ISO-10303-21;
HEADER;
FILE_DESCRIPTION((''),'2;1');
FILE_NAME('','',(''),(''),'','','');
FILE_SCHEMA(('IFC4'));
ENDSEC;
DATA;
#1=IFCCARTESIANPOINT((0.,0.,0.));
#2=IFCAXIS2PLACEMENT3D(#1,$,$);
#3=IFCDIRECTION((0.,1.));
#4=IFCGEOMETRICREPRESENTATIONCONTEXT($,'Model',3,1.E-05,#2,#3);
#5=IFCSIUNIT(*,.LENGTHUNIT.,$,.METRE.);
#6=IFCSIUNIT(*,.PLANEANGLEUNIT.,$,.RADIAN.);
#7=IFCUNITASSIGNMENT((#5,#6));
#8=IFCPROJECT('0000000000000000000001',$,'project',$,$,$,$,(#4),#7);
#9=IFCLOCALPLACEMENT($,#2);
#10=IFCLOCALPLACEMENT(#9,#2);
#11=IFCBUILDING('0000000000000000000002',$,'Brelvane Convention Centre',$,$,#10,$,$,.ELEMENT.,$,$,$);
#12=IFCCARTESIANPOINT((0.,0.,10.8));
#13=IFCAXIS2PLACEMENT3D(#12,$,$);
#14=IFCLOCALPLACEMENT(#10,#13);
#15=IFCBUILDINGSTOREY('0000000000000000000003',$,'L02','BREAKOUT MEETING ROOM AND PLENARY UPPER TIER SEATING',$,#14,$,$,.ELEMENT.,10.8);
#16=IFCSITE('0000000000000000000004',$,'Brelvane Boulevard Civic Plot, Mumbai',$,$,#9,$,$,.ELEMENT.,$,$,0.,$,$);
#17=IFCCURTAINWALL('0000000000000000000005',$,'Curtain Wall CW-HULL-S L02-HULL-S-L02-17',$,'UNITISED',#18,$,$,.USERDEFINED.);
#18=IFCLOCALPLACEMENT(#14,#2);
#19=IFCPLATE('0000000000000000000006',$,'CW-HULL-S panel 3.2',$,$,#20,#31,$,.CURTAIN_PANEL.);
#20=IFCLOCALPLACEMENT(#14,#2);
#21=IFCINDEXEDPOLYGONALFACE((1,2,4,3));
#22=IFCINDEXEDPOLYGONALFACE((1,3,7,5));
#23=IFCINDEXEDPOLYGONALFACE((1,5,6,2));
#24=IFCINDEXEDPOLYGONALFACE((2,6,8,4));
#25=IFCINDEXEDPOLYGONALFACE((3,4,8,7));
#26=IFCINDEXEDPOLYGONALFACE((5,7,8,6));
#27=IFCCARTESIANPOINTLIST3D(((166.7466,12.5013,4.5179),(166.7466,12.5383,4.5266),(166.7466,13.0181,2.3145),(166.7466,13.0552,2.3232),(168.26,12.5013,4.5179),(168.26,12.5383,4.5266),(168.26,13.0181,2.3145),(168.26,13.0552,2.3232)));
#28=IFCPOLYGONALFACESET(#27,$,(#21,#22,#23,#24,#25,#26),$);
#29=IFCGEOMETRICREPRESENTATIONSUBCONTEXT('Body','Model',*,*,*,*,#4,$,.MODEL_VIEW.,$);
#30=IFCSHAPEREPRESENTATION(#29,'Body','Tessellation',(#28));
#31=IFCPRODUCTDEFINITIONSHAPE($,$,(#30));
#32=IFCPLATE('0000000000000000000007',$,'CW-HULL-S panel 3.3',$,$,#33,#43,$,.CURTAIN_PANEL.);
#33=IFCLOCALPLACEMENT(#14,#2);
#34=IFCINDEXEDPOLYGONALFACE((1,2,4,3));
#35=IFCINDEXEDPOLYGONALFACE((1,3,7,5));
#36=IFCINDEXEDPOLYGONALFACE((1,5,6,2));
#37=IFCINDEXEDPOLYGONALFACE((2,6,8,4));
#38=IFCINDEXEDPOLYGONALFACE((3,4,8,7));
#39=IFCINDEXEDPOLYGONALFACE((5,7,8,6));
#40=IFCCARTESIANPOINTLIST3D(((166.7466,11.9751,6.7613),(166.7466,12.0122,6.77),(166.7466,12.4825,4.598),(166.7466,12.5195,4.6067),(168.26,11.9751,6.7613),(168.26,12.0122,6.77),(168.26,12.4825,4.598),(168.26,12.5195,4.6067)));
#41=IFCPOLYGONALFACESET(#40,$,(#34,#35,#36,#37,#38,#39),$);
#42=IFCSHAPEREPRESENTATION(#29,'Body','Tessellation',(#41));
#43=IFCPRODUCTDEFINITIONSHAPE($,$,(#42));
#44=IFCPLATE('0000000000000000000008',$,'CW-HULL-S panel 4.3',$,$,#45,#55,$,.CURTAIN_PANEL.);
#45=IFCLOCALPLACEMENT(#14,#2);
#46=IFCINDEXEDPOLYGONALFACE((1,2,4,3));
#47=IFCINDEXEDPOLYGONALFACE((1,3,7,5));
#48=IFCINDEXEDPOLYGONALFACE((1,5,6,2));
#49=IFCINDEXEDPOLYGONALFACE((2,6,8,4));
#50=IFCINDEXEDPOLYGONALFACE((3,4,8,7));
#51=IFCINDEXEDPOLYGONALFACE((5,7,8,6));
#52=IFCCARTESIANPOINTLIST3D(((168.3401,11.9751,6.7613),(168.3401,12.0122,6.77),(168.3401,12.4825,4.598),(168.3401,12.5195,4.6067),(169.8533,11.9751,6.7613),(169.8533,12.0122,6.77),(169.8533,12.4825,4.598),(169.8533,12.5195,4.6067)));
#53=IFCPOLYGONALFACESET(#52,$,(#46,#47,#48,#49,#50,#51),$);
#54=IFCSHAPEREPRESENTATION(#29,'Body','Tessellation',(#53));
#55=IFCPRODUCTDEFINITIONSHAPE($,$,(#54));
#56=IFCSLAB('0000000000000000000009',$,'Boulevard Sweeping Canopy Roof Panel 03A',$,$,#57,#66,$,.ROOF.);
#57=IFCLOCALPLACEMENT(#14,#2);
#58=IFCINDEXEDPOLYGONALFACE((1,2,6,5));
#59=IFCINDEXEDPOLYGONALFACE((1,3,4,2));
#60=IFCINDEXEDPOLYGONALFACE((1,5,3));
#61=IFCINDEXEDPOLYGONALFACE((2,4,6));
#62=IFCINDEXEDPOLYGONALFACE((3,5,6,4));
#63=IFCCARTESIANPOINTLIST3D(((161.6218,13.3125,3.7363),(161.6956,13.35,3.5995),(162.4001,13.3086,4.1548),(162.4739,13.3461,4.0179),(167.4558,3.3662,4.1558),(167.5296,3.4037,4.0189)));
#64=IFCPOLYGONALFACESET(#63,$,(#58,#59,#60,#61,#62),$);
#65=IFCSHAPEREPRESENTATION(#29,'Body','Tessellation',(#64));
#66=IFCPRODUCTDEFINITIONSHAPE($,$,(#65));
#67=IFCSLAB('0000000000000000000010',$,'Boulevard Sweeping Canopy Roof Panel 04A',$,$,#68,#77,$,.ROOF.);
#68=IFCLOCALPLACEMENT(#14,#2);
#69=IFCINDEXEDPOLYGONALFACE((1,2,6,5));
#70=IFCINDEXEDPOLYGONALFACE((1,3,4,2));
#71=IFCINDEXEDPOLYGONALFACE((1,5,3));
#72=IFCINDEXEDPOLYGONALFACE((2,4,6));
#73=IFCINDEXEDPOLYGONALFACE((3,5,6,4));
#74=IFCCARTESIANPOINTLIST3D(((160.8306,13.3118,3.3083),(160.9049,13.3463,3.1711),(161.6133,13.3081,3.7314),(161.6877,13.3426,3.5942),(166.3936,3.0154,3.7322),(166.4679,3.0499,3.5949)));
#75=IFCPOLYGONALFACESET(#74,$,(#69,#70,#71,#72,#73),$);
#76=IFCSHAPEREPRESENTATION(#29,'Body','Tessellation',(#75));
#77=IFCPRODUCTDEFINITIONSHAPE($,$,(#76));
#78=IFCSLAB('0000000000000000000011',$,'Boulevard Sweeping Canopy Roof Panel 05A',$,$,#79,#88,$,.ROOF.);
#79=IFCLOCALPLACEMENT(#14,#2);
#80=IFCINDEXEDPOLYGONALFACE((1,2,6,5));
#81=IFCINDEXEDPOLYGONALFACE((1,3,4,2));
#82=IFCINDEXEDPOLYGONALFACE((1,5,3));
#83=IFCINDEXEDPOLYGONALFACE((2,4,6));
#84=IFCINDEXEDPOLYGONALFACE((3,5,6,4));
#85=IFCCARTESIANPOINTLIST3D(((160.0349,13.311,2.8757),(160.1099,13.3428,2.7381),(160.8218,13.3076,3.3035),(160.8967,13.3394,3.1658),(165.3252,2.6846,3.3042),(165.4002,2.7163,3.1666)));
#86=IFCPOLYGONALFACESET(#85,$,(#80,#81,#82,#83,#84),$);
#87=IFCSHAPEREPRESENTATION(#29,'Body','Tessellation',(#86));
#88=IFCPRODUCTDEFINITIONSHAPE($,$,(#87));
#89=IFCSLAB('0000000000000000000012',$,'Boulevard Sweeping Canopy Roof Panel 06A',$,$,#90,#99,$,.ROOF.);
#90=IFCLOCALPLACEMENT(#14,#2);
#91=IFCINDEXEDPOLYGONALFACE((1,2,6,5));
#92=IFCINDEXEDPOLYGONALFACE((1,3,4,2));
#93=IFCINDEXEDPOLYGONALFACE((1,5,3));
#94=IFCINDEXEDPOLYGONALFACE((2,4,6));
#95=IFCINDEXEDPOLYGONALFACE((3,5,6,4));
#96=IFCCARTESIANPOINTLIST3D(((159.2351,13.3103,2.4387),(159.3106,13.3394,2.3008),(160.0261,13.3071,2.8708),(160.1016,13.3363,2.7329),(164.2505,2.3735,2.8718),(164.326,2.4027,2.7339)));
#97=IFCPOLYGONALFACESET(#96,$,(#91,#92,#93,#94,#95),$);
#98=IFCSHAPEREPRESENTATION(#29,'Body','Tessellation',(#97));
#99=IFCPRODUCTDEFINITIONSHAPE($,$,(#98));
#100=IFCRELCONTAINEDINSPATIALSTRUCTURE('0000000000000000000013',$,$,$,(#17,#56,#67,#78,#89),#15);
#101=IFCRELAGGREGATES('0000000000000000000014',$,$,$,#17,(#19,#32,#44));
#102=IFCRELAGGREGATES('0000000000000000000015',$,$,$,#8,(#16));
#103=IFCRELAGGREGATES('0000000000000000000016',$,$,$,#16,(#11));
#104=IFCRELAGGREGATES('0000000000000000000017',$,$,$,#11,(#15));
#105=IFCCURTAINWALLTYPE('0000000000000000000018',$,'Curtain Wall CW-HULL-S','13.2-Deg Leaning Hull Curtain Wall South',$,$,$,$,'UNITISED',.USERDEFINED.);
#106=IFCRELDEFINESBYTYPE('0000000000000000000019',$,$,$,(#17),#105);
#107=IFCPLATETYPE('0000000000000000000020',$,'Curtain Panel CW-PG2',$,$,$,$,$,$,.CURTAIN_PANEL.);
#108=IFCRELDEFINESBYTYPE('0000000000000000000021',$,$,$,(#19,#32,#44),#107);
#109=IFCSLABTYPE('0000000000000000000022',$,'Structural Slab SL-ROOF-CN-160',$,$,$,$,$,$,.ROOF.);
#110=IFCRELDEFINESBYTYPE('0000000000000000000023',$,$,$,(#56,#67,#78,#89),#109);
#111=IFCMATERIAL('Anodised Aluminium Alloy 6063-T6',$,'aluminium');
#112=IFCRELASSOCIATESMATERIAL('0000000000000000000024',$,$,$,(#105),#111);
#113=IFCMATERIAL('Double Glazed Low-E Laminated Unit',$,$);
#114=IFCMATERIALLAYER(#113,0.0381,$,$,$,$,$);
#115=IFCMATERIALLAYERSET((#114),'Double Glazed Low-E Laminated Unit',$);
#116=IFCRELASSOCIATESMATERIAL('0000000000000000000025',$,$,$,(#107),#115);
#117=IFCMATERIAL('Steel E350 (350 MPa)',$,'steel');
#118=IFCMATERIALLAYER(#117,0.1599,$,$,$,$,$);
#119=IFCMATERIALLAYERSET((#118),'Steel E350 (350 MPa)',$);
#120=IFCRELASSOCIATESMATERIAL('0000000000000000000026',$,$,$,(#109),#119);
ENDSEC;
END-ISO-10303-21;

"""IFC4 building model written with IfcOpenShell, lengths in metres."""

from ifc_helpers import new_model, si_unit, direction, frame, origin, place, context, subcontext, project, spatial, polyline, outline, extrude, material, layer, layer_set, type_object, element, aggregate, save


model = new_model("IFC4")

# Units and contexts
model_context = context("Model", 3, precision=1e-05, world=origin(), true_north=direction((0.0, 1.0)))
body_context = subcontext(model_context, "Body", "Model", "MODEL_VIEW")
ifc_project = project(units=[si_unit("LENGTHUNIT", "METRE"), si_unit("PLANEANGLEUNIT", "RADIAN")], contexts=[model_context])

# Site, building, storey
site_placement = place(None, origin())
site = spatial("IfcSite", under=ifc_project, at=site_placement, Name="Brelvane Boulevard Civic Plot, Mumbai", CompositionType="ELEMENT", RefElevation=0.0)
building_placement = place(site_placement, origin())
building = spatial("IfcBuilding", under=site, at=building_placement, Name="Brelvane Convention Centre", CompositionType="ELEMENT")
storey_placement = place(building_placement, frame((0.0, 0.0, 10.8)))
storey = spatial("IfcBuildingStorey", under=building, at=storey_placement, Name="L02", Description="BREAKOUT MEETING ROOM AND PLENARY UPPER TIER SEATING", CompositionType="ELEMENT", Elevation=10.8)

# Curtain wall
ifc_material_1 = material(Name="Anodised Aluminium Alloy 6063-T6", Category="aluminium")
curtain_wall_type = type_object("IfcCurtainWallType", Name="Curtain Wall CW-HULL-S", Description="13.2-Deg Leaning Hull Curtain Wall South", ElementType="UNITISED", PredefinedType="USERDEFINED", material=ifc_material_1)
curtain_wall_1_placement = place(storey_placement, origin())
curtain_wall_1 = element("IfcCurtainWall", 1, at=curtain_wall_1_placement, inside=storey, type_object=curtain_wall_type, Name="Curtain Wall CW-HULL-S L02-HULL-S-L02-17", ObjectType="UNITISED", PredefinedType="USERDEFINED")

# Plates
ifc_material_2 = material(Name="Double Glazed Low-E Laminated Unit")
ifc_layer_1 = layer(ifc_material_2, 0.0381)
ifc_layer_set_1 = layer_set([ifc_layer_1], Name="Double Glazed Low-E Laminated Unit")
plate_type = type_object("IfcPlateType", Name="Curtain Panel CW-PG2", PredefinedType="CURTAIN_PANEL", material=ifc_layer_set_1)
plate_1_placement = place(storey_placement, frame((166.7466, 13.0552, 2.3232), z_axis=(0.0, 0.973574, 0.228372), x_axis=(1.0, 0.0, 0.0)))
plate_1 = element("IfcPlate", 2, at=plate_1_placement, type_object=plate_type, Name="CW-HULL-S panel 3.2", PredefinedType="CURTAIN_PANEL", context=body_context, shape_type="SweptSolid", body=[
    extrude(outline(polyline([(0.0, 0.0), (1.5134, 0.0), (1.5134, -2.2632), (0.0, -2.2632), (0.0, 0.0)])), origin(), (0.0, 0.0, -1.0), 0.0381),
])
plate_2_placement = place(storey_placement, frame((166.7466, 12.5195, 4.6067), z_axis=(0.0, 0.973587, 0.228317), x_axis=(1.0, 0.0, 0.0)))
plate_2 = element("IfcPlate", 3, at=plate_2_placement, type_object=plate_type, Name="CW-HULL-S panel 3.3", PredefinedType="CURTAIN_PANEL", context=body_context, shape_type="SweptSolid", body=[
    extrude(outline(polyline([(0.0, 0.0), (1.5134, 0.0), (1.5134, -2.222), (0.0, -2.222), (0.0, 0.0)])), origin(), (0.0, 0.0, -1.0), 0.0381),
])
plate_3_placement = place(storey_placement, frame((168.3401, 12.5195, 4.6067), z_axis=(0.0, 0.973587, 0.228317), x_axis=(1.0, 0.0, 0.0)))
plate_3 = element("IfcPlate", 4, at=plate_3_placement, type_object=plate_type, Name="CW-HULL-S panel 4.3", PredefinedType="CURTAIN_PANEL", context=body_context, shape_type="SweptSolid", body=[
    extrude(outline(polyline([(0.0, 0.0), (1.5132, 0.0), (1.5132, -2.222), (0.0, -2.222), (0.0, 0.0)])), origin(), (0.0, 0.0, -1.0), 0.0381),
])
aggregate(curtain_wall_1, [plate_1, plate_2, plate_3])

# Slabs
ifc_material_3 = material(Name="Steel E350 (350 MPa)", Category="steel")
ifc_layer_2 = layer(ifc_material_3, 0.1599)
ifc_layer_set_2 = layer_set([ifc_layer_2], Name="Steel E350 (350 MPa)")
slab_type = type_object("IfcSlabType", Name="Structural Slab SL-ROOF-CN-160", PredefinedType="ROOF", material=ifc_layer_set_2)
slab_1_placement = place(storey_placement, frame((162.4001, 13.3086, 4.1548), z_axis=(-0.461252, -0.234461, 0.85573), x_axis=(0.453262, -0.891377, 0.000088)))
element("IfcSlab", 5, at=slab_1_placement, inside=storey, type_object=slab_type, Name="Boulevard Sweeping Canopy Roof Panel 03A", PredefinedType="ROOF", context=body_context, shape_type="SweptSolid", body=[
    extrude(outline(polyline([(0.0, 0.0), (11.154, 0.0), (-0.3563, -0.8087), (0.0, 0.0)])), origin(), (0.0, 0.0, -1.0), 0.1599),
])
slab_2_placement = place(storey_placement, frame((161.6133, 13.3081, 3.7314), z_axis=(-0.465085, -0.21594, 0.858525), x_axis=(0.421221, -0.906958, 0.000065)))
element("IfcSlab", 6, at=slab_2_placement, inside=storey, type_object=slab_type, Name="Boulevard Sweeping Canopy Roof Panel 04A", PredefinedType="ROOF", context=body_context, shape_type="SweptSolid", body=[
    extrude(outline(polyline([(0.0, 0.0), (11.3486, 0.0), (-0.333, -0.8251), (0.0, 0.0)])), origin(), (0.0, 0.0, -1.0), 0.1599),
])
slab_3_placement = place(storey_placement, frame((160.8218, 13.3076, 3.3035), z_axis=(-0.468739, -0.198653, 0.86071), x_axis=(0.390305, -0.920685, 0.000063)))
element("IfcSlab", 7, at=slab_3_placement, inside=storey, type_object=slab_type, Name="Boulevard Sweeping Canopy Roof Panel 05A", PredefinedType="ROOF", context=body_context, shape_type="SweptSolid", body=[
    extrude(outline(polyline([(0.0, 0.0), (11.5382, 0.0), (-0.3103, -0.8401), (0.0, 0.0)])), origin(), (0.0, 0.0, -1.0), 0.1599),
])
slab_4_placement = place(storey_placement, frame((160.0261, 13.3071, 2.8708), z_axis=(-0.471954, -0.18227, 0.862576), x_axis=(0.360401, -0.932797, 0.000083)))
element("IfcSlab", 8, at=slab_4_placement, inside=storey, type_object=slab_type, Name="Boulevard Sweeping Canopy Roof Panel 06A", PredefinedType="ROOF", context=body_context, shape_type="SweptSolid", body=[
    extrude(outline(polyline([(0.0, 0.0), (11.7213, 0.0), (-0.2881, -0.8541), (0.0, 0.0)])), origin(), (0.0, 0.0, -1.0), 0.1599),
])

save(model, "model.ifc")
